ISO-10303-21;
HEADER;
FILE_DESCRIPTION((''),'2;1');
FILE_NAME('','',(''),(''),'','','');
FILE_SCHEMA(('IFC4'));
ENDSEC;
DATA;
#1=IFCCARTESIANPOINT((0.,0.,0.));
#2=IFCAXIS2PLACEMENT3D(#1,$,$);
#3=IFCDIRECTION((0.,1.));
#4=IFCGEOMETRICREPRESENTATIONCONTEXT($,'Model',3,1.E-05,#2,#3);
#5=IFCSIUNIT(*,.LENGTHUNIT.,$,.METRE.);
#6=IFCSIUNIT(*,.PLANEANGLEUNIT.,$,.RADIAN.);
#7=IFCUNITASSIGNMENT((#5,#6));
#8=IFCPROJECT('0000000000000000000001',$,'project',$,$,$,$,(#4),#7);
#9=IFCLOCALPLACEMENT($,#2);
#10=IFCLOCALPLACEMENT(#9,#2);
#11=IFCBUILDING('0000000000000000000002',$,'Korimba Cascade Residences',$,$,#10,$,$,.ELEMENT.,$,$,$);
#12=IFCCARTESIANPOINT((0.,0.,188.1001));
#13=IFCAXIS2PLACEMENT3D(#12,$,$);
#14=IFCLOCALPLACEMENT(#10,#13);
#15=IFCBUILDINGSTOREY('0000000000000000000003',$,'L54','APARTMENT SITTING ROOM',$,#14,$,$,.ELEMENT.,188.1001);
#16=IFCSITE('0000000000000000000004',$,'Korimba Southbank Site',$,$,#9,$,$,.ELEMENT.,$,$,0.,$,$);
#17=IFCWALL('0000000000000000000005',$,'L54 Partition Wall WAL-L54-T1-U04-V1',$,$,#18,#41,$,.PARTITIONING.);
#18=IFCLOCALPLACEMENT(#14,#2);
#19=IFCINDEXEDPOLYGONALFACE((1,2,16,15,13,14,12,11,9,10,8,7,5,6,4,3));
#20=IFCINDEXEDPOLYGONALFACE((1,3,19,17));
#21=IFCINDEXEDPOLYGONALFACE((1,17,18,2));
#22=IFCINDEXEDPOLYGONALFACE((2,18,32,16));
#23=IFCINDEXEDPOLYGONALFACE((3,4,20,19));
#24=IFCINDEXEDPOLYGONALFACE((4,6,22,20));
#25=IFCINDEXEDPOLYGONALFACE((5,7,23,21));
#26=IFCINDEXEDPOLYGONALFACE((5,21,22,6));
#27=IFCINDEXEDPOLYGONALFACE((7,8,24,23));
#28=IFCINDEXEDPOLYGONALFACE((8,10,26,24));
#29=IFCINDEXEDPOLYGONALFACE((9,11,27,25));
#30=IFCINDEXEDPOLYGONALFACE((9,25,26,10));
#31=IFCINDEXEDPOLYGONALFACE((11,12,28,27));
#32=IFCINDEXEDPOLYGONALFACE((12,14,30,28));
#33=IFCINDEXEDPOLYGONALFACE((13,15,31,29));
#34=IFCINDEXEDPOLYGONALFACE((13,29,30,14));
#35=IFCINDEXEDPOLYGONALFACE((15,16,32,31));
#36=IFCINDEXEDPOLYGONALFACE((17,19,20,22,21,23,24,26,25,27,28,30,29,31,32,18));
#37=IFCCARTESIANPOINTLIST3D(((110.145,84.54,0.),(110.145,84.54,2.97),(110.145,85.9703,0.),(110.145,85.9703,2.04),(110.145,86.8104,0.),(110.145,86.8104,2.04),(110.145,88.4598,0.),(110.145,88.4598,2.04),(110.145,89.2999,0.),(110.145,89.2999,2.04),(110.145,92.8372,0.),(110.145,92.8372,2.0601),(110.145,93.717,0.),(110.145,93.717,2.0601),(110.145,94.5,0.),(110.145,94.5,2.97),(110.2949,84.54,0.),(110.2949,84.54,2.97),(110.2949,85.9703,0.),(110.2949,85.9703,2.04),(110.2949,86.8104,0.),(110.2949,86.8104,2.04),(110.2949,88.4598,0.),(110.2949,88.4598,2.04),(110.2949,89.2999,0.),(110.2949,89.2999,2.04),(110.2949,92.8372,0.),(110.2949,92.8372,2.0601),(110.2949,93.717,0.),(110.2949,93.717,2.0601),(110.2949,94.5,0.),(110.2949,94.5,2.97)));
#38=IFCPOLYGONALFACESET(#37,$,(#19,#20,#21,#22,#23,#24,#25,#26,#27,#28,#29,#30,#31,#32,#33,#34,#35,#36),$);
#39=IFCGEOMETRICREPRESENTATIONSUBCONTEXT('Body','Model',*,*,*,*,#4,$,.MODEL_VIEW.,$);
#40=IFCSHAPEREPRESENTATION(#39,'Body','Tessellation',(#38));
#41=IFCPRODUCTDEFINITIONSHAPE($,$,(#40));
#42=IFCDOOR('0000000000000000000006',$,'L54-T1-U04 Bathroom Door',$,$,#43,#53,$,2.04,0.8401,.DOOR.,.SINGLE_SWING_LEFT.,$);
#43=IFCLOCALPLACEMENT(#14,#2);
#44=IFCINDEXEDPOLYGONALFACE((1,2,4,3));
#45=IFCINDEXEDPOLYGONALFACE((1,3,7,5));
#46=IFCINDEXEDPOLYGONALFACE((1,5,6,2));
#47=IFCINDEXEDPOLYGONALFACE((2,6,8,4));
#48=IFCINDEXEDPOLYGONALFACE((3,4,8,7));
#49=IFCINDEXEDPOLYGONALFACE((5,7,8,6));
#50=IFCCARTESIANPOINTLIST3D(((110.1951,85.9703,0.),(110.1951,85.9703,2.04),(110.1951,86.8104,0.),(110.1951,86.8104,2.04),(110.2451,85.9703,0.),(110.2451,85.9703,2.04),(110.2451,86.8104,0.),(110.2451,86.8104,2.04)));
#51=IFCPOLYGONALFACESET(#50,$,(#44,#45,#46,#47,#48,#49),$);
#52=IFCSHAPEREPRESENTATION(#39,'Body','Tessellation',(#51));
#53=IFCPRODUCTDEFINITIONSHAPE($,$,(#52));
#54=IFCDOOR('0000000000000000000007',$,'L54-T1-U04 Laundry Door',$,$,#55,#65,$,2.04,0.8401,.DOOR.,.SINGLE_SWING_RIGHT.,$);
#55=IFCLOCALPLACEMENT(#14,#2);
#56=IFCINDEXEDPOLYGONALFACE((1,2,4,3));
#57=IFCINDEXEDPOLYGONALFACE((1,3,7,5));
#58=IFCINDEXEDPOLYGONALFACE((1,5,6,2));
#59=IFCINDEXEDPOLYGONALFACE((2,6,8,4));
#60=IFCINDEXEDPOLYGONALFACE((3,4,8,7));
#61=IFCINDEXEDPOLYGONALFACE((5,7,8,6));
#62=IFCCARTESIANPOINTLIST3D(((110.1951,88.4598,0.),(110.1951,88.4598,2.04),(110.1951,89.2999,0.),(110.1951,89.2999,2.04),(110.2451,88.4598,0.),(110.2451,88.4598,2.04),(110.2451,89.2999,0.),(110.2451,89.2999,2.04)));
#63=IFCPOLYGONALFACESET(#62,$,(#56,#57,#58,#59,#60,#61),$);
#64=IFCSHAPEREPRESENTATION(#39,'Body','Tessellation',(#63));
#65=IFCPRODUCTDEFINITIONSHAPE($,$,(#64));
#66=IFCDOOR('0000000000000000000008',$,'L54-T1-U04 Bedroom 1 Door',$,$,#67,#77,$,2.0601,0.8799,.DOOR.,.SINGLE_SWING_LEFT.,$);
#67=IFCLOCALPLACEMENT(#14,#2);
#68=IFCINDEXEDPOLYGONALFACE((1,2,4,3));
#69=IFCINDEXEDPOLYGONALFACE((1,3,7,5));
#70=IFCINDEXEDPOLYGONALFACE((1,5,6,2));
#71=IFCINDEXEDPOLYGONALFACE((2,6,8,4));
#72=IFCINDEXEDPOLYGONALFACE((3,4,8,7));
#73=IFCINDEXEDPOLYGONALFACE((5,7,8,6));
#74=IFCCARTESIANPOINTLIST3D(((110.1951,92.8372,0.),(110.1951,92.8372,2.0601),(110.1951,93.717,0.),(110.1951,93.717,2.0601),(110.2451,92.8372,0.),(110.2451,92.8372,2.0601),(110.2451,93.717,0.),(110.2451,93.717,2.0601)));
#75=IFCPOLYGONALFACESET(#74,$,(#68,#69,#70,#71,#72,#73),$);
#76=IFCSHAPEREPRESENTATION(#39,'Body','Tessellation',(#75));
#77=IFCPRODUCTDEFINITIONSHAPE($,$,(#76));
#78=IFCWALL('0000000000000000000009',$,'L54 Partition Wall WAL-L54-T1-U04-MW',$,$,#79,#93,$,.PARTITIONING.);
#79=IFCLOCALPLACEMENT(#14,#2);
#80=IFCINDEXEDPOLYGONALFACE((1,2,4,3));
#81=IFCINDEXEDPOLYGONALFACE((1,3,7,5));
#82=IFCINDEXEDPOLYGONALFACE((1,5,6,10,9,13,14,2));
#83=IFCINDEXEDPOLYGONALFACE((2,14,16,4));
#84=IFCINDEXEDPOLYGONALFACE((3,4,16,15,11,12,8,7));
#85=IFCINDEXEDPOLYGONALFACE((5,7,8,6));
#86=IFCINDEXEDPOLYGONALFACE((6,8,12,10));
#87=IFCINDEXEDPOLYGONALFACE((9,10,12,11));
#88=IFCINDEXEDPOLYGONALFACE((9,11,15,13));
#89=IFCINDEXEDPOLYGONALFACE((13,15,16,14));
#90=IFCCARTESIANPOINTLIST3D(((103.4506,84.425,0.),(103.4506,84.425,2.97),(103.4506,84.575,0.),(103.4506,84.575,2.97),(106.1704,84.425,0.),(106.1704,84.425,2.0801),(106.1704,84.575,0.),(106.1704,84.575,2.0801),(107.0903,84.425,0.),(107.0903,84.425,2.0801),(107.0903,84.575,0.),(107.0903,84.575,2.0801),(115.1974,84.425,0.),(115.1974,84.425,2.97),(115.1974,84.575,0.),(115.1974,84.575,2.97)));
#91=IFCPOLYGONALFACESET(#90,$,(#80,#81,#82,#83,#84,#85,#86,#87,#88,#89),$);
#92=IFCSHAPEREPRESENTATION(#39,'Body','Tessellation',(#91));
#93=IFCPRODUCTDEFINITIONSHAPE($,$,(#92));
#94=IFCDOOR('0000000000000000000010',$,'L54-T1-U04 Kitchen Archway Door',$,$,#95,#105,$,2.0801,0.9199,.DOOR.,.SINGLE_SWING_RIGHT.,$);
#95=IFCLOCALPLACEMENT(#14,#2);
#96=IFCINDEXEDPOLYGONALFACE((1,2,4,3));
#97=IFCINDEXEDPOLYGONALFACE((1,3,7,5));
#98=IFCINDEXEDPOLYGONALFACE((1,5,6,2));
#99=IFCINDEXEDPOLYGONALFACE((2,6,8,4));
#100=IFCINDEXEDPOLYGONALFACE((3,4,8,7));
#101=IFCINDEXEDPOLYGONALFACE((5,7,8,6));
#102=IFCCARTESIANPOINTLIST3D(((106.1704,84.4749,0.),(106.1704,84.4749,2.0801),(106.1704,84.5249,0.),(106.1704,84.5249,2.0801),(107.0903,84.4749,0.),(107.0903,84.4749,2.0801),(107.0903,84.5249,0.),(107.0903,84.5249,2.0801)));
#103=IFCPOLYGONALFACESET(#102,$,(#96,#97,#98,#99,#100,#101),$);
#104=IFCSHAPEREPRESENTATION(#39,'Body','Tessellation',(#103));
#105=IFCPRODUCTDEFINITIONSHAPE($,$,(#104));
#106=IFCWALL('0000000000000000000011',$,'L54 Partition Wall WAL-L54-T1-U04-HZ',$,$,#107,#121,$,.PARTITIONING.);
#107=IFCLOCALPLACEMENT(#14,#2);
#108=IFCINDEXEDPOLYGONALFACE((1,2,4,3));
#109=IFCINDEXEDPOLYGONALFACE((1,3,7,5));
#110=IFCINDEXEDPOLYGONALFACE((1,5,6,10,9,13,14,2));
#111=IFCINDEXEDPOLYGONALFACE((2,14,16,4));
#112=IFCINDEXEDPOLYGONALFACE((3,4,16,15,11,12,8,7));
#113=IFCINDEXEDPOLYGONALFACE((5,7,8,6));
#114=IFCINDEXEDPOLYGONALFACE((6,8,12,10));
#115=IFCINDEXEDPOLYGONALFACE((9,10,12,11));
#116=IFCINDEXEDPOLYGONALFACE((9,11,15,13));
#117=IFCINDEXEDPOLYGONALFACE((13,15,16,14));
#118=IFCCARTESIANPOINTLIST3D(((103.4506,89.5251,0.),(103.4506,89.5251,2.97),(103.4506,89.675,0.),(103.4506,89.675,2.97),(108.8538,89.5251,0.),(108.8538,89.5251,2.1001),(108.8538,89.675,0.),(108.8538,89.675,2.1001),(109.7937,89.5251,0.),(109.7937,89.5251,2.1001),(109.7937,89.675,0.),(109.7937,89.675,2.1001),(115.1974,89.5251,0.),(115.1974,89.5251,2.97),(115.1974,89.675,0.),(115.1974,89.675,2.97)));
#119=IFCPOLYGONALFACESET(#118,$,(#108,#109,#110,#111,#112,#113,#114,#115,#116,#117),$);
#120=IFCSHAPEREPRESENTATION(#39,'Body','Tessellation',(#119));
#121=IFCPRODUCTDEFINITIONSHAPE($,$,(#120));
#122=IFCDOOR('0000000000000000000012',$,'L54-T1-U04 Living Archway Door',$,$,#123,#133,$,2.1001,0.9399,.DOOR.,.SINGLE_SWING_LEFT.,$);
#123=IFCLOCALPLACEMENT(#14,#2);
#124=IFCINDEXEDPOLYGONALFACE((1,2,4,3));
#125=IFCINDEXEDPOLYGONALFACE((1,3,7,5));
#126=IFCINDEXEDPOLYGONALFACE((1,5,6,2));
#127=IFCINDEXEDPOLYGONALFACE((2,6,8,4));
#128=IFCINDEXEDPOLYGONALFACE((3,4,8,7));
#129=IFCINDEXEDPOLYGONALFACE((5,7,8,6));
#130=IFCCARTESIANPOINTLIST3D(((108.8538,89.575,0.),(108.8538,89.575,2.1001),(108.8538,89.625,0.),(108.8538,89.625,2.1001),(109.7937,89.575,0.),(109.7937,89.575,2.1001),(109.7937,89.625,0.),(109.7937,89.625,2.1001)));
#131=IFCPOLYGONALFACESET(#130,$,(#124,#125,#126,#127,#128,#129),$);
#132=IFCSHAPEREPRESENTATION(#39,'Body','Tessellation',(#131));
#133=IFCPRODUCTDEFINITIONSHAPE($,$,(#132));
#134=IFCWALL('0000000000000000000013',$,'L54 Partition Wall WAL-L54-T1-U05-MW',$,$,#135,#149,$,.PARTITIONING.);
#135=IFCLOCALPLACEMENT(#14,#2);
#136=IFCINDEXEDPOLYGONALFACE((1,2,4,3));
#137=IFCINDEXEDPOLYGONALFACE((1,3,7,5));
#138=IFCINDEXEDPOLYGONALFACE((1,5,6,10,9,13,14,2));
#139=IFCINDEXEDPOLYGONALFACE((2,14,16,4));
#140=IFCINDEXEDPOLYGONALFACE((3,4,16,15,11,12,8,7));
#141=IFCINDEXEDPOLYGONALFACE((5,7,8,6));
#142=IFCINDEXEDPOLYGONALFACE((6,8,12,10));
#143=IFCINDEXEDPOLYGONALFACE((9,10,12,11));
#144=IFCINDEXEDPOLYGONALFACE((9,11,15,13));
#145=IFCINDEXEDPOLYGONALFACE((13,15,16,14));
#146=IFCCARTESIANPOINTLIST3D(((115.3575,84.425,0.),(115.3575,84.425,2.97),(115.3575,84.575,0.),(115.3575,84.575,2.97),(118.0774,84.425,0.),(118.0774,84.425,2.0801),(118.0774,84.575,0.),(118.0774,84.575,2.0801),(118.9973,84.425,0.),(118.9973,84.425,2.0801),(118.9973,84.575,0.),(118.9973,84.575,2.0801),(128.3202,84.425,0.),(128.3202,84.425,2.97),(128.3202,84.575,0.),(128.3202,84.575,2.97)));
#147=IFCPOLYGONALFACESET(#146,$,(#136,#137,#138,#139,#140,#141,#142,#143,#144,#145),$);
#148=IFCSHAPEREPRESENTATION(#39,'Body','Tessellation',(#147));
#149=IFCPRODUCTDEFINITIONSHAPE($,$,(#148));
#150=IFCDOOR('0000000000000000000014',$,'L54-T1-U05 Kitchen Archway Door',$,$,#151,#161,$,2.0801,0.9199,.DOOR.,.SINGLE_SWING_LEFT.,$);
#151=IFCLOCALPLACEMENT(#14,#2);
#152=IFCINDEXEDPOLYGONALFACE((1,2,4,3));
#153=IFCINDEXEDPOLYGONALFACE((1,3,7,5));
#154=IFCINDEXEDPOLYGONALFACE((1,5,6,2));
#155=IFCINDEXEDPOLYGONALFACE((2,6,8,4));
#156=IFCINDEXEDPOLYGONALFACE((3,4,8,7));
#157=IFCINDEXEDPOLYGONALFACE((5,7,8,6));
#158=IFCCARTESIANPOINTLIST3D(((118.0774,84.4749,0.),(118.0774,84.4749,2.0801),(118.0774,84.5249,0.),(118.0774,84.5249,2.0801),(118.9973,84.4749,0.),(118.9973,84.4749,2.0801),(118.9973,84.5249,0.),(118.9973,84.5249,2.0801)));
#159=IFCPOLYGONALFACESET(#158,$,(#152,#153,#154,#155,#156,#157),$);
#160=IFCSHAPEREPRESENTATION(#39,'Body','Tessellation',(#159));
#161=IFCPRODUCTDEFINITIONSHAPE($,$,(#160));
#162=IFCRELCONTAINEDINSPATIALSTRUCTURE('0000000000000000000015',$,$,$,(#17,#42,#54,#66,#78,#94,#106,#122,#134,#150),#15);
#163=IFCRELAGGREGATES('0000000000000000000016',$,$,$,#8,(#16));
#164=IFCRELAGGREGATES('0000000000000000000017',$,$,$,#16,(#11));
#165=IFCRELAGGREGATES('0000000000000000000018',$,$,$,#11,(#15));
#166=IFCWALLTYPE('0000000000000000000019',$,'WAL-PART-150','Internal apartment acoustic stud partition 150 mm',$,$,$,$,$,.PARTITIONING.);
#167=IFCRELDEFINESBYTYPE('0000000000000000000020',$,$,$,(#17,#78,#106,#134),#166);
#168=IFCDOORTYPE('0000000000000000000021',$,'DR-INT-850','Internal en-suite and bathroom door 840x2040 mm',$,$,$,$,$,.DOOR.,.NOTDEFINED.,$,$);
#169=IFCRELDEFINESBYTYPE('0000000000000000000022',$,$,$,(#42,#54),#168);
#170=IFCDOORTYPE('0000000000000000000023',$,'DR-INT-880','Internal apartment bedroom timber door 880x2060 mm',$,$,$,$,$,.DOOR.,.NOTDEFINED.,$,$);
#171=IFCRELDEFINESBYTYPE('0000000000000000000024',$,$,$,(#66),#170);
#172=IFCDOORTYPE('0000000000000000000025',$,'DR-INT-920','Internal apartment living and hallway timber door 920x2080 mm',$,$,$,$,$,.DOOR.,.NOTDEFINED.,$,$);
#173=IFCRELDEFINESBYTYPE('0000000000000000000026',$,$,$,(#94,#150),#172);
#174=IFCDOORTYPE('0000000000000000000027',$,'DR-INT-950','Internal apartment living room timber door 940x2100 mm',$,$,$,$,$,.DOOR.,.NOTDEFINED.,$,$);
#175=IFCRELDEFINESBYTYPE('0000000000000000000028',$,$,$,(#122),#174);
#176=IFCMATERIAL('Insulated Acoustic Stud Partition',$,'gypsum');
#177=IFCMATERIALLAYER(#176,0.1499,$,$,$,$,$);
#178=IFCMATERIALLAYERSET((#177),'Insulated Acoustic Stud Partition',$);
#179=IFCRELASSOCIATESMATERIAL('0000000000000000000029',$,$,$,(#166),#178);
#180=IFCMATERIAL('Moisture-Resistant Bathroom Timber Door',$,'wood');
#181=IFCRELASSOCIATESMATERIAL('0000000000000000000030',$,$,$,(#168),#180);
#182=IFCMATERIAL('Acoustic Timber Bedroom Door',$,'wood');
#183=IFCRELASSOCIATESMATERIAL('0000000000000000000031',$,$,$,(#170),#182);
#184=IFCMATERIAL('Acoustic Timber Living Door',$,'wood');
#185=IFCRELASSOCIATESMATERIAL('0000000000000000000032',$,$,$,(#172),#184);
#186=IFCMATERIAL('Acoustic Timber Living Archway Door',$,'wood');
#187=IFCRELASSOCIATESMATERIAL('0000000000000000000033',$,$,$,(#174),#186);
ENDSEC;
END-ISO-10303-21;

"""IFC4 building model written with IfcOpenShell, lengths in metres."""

from ifc_helpers import new_model, si_unit, direction, frame, frame_2d, origin, place, context, subcontext, project, spatial, rectangle, extrude, material, layer, layer_set, type_object, element, fill, save


model = new_model("IFC4")

# Units and contexts
model_context = context("Model", 3, precision=1e-05, world=origin(), true_north=direction((0.0, 1.0)))
body_context = subcontext(model_context, "Body", "Model", "MODEL_VIEW")
ifc_project = project(units=[si_unit("LENGTHUNIT", "METRE"), si_unit("PLANEANGLEUNIT", "RADIAN")], contexts=[model_context])

# Site, building, storey
site_placement = place(None, origin())
site = spatial("IfcSite", under=ifc_project, at=site_placement, Name="Korimba Southbank Site", CompositionType="ELEMENT", RefElevation=0.0)
building_placement = place(site_placement, origin())
building = spatial("IfcBuilding", under=site, at=building_placement, Name="Korimba Cascade Residences", CompositionType="ELEMENT")
storey_placement = place(building_placement, frame((0.0, 0.0, 188.1001)))
storey = spatial("IfcBuildingStorey", under=building, at=storey_placement, Name="L54", Description="APARTMENT SITTING ROOM", CompositionType="ELEMENT", Elevation=188.1001)

# Shared definitions
ifc_material_1 = material(Name="Insulated Acoustic Stud Partition", Category="gypsum")
ifc_layer = layer(ifc_material_1, 0.1499)
ifc_layer_set = layer_set([ifc_layer], Name="Insulated Acoustic Stud Partition")
wall_type = type_object("IfcWallType", Name="WAL-PART-150", Description="Internal apartment acoustic stud partition 150 mm", PredefinedType="PARTITIONING", material=ifc_layer_set)

# Wall, openings, doors
wall_1_placement = place(storey_placement, frame((110.22, 84.54, 0.0), z_axis=(0.0, 0.0, 1.0), x_axis=(0.0, 1.0, 0.0)))
wall_1 = element("IfcWall", 1, at=wall_1_placement, inside=storey, type_object=wall_type, Name="L54 Partition Wall WAL-L54-T1-U04-V1", PredefinedType="PARTITIONING", context=body_context, shape_type="SweptSolid", body=[
    extrude(rectangle(XDim=9.96, YDim=0.1499, at=frame_2d((4.98, 0.0))), origin(), (0.0, 0.0, 1.0), 2.97),
])
opening_1_placement = place(wall_1_placement, frame((1.4304, 0.0, 0.0)))
opening_1 = element("IfcOpeningElement", 2, at=opening_1_placement, cuts=wall_1, PredefinedType="OPENING", context=body_context, shape_type="SweptSolid", body=[
    extrude(rectangle(XDim=0.8401, YDim=2.04, at=frame_2d((0.4199, 1.02))), frame((0.0, 0.085, 0.0), z_axis=(0.0, -1.0, 0.0), x_axis=(1.0, 0.0, 0.0)), (0.0, 0.0, 1.0), 0.1699),
])
opening_2_placement = place(wall_1_placement, frame((3.9199, 0.0, 0.0)))
opening_2 = element("IfcOpeningElement", 3, at=opening_2_placement, cuts=wall_1, PredefinedType="OPENING", context=body_context, shape_type="SweptSolid", body=[
    extrude(rectangle(XDim=0.8401, YDim=2.04, at=frame_2d((0.4199, 1.02))), frame((0.0, 0.085, 0.0), z_axis=(0.0, -1.0, 0.0), x_axis=(1.0, 0.0, 0.0)), (0.0, 0.0, 1.0), 0.1699),
])
opening_3_placement = place(wall_1_placement, frame((8.2971, 0.0, 0.0)))
opening_3 = element("IfcOpeningElement", 4, at=opening_3_placement, cuts=wall_1, PredefinedType="OPENING", context=body_context, shape_type="SweptSolid", body=[
    extrude(rectangle(XDim=0.8799, YDim=2.0601, at=frame_2d((0.4399, 1.03))), frame((0.0, 0.085, 0.0), z_axis=(0.0, -1.0, 0.0), x_axis=(1.0, 0.0, 0.0)), (0.0, 0.0, 1.0), 0.1699),
])
ifc_material_2 = material(Name="Moisture-Resistant Bathroom Timber Door", Category="wood")
door_type_1 = type_object("IfcDoorType", Name="DR-INT-850", Description="Internal en-suite and bathroom door 840x2040 mm", OperationType="NOTDEFINED", PredefinedType="DOOR", material=ifc_material_2)
door_1_placement = place(opening_1_placement, origin())
door_1 = element("IfcDoor", 5, at=door_1_placement, inside=storey, type_object=door_type_1, Name="L54-T1-U04 Bathroom Door", OperationType="SINGLE_SWING_LEFT", OverallHeight=2.04, OverallWidth=0.8401, PredefinedType="DOOR", context=body_context, shape_type="SweptSolid", body=[
    extrude(rectangle(XDim=0.8401, YDim=2.04, at=frame_2d((0.4199, 1.02))), frame((0.0, 0.0249, 0.0), z_axis=(0.0, -1.0, 0.0), x_axis=(1.0, 0.0, 0.0)), (0.0, 0.0, 1.0), 0.05),
])
fill(opening_1, door_1)
door_2_placement = place(opening_2_placement, origin())
door_2 = element("IfcDoor", 6, at=door_2_placement, inside=storey, type_object=door_type_1, Name="L54-T1-U04 Laundry Door", OperationType="SINGLE_SWING_RIGHT", OverallHeight=2.04, OverallWidth=0.8401, PredefinedType="DOOR", context=body_context, shape_type="SweptSolid", body=[
    extrude(rectangle(XDim=0.8401, YDim=2.04, at=frame_2d((0.4199, 1.02))), frame((0.0, 0.0249, 0.0), z_axis=(0.0, -1.0, 0.0), x_axis=(1.0, 0.0, 0.0)), (0.0, 0.0, 1.0), 0.05),
])
fill(opening_2, door_2)
ifc_material_3 = material(Name="Acoustic Timber Bedroom Door", Category="wood")
door_type_2 = type_object("IfcDoorType", Name="DR-INT-880", Description="Internal apartment bedroom timber door 880x2060 mm", OperationType="NOTDEFINED", PredefinedType="DOOR", material=ifc_material_3)
door_3_placement = place(opening_3_placement, origin())
door_3 = element("IfcDoor", 7, at=door_3_placement, inside=storey, type_object=door_type_2, Name="L54-T1-U04 Bedroom 1 Door", OperationType="SINGLE_SWING_LEFT", OverallHeight=2.0601, OverallWidth=0.8799, PredefinedType="DOOR", context=body_context, shape_type="SweptSolid", body=[
    extrude(rectangle(XDim=0.8799, YDim=2.0601, at=frame_2d((0.4399, 1.03))), frame((0.0, 0.0249, 0.0), z_axis=(0.0, -1.0, 0.0), x_axis=(1.0, 0.0, 0.0)), (0.0, 0.0, 1.0), 0.05),
])
fill(opening_3, door_3)

# Walls, openings, doors
wall_2_placement = place(storey_placement, frame((103.4504, 84.5, 0.0), z_axis=(0.0, 0.0, 1.0), x_axis=(1.0, 0.0, 0.0)))
wall_2 = element("IfcWall", 8, at=wall_2_placement, inside=storey, type_object=wall_type, Name="L54 Partition Wall WAL-L54-T1-U04-MW", PredefinedType="PARTITIONING", context=body_context, shape_type="SweptSolid", body=[
    extrude(rectangle(XDim=11.7468, YDim=0.1499, at=frame_2d((5.8735, 0.0))), origin(), (0.0, 0.0, 1.0), 2.97),
])
opening_4_placement = place(wall_2_placement, frame((2.72, 0.0, 0.0)))
opening_4 = element("IfcOpeningElement", 9, at=opening_4_placement, cuts=wall_2, PredefinedType="OPENING", context=body_context, shape_type="SweptSolid", body=[
    extrude(rectangle(XDim=0.9199, YDim=2.0801, at=frame_2d((0.46, 1.04))), frame((0.0, 0.085, 0.0), z_axis=(0.0, -1.0, 0.0), x_axis=(1.0, 0.0, 0.0)), (0.0, 0.0, 1.0), 0.1699),
])
ifc_material_4 = material(Name="Acoustic Timber Living Door", Category="wood")
door_type_3 = type_object("IfcDoorType", Name="DR-INT-920", Description="Internal apartment living and hallway timber door 920x2080 mm", OperationType="NOTDEFINED", PredefinedType="DOOR", material=ifc_material_4)
door_4_placement = place(opening_4_placement, origin())
door_4 = element("IfcDoor", 10, at=door_4_placement, inside=storey, type_object=door_type_3, Name="L54-T1-U04 Kitchen Archway Door", OperationType="SINGLE_SWING_RIGHT", OverallHeight=2.0801, OverallWidth=0.9199, PredefinedType="DOOR", context=body_context, shape_type="SweptSolid", body=[
    extrude(rectangle(XDim=0.9199, YDim=2.0801, at=frame_2d((0.46, 1.04))), frame((0.0, 0.0249, 0.0), z_axis=(0.0, -1.0, 0.0), x_axis=(1.0, 0.0, 0.0)), (0.0, 0.0, 1.0), 0.05),
])
fill(opening_4, door_4)
wall_3_placement = place(storey_placement, frame((103.4504, 89.6001, 0.0), z_axis=(0.0, 0.0, 1.0), x_axis=(1.0, 0.0, 0.0)))
wall_3 = element("IfcWall", 11, at=wall_3_placement, inside=storey, type_object=wall_type, Name="L54 Partition Wall WAL-L54-T1-U04-HZ", PredefinedType="PARTITIONING", context=body_context, shape_type="SweptSolid", body=[
    extrude(rectangle(XDim=11.7468, YDim=0.1499, at=frame_2d((5.8735, 0.0))), origin(), (0.0, 0.0, 1.0), 2.97),
])
opening_5_placement = place(wall_3_placement, frame((5.4033, 0.0, 0.0)))
opening_5 = element("IfcOpeningElement", 12, at=opening_5_placement, cuts=wall_3, PredefinedType="OPENING", context=body_context, shape_type="SweptSolid", body=[
    extrude(rectangle(XDim=0.9399, YDim=2.1001, at=frame_2d((0.47, 1.05))), frame((0.0, 0.085, 0.0), z_axis=(0.0, -1.0, 0.0), x_axis=(1.0, 0.0, 0.0)), (0.0, 0.0, 1.0), 0.1699),
])
ifc_material_5 = material(Name="Acoustic Timber Living Archway Door", Category="wood")
door_type_4 = type_object("IfcDoorType", Name="DR-INT-950", Description="Internal apartment living room timber door 940x2100 mm", OperationType="NOTDEFINED", PredefinedType="DOOR", material=ifc_material_5)
door_5_placement = place(opening_5_placement, origin())
door_5 = element("IfcDoor", 13, at=door_5_placement, inside=storey, type_object=door_type_4, Name="L54-T1-U04 Living Archway Door", OperationType="SINGLE_SWING_LEFT", OverallHeight=2.1001, OverallWidth=0.9399, PredefinedType="DOOR", context=body_context, shape_type="SweptSolid", body=[
    extrude(rectangle(XDim=0.9399, YDim=2.1001, at=frame_2d((0.47, 1.05))), frame((0.0, 0.0249, 0.0), z_axis=(0.0, -1.0, 0.0), x_axis=(1.0, 0.0, 0.0)), (0.0, 0.0, 1.0), 0.05),
])
fill(opening_5, door_5)
wall_4_placement = place(storey_placement, frame((115.3574, 84.5, 0.0), z_axis=(0.0, 0.0, 1.0), x_axis=(1.0, 0.0, 0.0)))
wall_4 = element("IfcWall", 14, at=wall_4_placement, inside=storey, type_object=wall_type, Name="L54 Partition Wall WAL-L54-T1-U05-MW", PredefinedType="PARTITIONING", context=body_context, shape_type="SweptSolid", body=[
    extrude(rectangle(XDim=12.9626, YDim=0.1499, at=frame_2d((6.4814, 0.0))), origin(), (0.0, 0.0, 1.0), 2.97),
])
opening_6_placement = place(wall_4_placement, frame((2.72, 0.0, 0.0)))
opening_6 = element("IfcOpeningElement", 15, at=opening_6_placement, cuts=wall_4, PredefinedType="OPENING", context=body_context, shape_type="SweptSolid", body=[
    extrude(rectangle(XDim=0.9199, YDim=2.0801, at=frame_2d((0.46, 1.04))), frame((0.0, 0.085, 0.0), z_axis=(0.0, -1.0, 0.0), x_axis=(1.0, 0.0, 0.0)), (0.0, 0.0, 1.0), 0.1699),
])
door_6_placement = place(opening_6_placement, origin())
door_6 = element("IfcDoor", 16, at=door_6_placement, inside=storey, type_object=door_type_3, Name="L54-T1-U05 Kitchen Archway Door", OperationType="SINGLE_SWING_LEFT", OverallHeight=2.0801, OverallWidth=0.9199, PredefinedType="DOOR", context=body_context, shape_type="SweptSolid", body=[
    extrude(rectangle(XDim=0.9199, YDim=2.0801, at=frame_2d((0.46, 1.04))), frame((0.0, 0.0249, 0.0), z_axis=(0.0, -1.0, 0.0), x_axis=(1.0, 0.0, 0.0)), (0.0, 0.0, 1.0), 0.05),
])
fill(opening_6, door_6)

save(model, "model.ifc")
